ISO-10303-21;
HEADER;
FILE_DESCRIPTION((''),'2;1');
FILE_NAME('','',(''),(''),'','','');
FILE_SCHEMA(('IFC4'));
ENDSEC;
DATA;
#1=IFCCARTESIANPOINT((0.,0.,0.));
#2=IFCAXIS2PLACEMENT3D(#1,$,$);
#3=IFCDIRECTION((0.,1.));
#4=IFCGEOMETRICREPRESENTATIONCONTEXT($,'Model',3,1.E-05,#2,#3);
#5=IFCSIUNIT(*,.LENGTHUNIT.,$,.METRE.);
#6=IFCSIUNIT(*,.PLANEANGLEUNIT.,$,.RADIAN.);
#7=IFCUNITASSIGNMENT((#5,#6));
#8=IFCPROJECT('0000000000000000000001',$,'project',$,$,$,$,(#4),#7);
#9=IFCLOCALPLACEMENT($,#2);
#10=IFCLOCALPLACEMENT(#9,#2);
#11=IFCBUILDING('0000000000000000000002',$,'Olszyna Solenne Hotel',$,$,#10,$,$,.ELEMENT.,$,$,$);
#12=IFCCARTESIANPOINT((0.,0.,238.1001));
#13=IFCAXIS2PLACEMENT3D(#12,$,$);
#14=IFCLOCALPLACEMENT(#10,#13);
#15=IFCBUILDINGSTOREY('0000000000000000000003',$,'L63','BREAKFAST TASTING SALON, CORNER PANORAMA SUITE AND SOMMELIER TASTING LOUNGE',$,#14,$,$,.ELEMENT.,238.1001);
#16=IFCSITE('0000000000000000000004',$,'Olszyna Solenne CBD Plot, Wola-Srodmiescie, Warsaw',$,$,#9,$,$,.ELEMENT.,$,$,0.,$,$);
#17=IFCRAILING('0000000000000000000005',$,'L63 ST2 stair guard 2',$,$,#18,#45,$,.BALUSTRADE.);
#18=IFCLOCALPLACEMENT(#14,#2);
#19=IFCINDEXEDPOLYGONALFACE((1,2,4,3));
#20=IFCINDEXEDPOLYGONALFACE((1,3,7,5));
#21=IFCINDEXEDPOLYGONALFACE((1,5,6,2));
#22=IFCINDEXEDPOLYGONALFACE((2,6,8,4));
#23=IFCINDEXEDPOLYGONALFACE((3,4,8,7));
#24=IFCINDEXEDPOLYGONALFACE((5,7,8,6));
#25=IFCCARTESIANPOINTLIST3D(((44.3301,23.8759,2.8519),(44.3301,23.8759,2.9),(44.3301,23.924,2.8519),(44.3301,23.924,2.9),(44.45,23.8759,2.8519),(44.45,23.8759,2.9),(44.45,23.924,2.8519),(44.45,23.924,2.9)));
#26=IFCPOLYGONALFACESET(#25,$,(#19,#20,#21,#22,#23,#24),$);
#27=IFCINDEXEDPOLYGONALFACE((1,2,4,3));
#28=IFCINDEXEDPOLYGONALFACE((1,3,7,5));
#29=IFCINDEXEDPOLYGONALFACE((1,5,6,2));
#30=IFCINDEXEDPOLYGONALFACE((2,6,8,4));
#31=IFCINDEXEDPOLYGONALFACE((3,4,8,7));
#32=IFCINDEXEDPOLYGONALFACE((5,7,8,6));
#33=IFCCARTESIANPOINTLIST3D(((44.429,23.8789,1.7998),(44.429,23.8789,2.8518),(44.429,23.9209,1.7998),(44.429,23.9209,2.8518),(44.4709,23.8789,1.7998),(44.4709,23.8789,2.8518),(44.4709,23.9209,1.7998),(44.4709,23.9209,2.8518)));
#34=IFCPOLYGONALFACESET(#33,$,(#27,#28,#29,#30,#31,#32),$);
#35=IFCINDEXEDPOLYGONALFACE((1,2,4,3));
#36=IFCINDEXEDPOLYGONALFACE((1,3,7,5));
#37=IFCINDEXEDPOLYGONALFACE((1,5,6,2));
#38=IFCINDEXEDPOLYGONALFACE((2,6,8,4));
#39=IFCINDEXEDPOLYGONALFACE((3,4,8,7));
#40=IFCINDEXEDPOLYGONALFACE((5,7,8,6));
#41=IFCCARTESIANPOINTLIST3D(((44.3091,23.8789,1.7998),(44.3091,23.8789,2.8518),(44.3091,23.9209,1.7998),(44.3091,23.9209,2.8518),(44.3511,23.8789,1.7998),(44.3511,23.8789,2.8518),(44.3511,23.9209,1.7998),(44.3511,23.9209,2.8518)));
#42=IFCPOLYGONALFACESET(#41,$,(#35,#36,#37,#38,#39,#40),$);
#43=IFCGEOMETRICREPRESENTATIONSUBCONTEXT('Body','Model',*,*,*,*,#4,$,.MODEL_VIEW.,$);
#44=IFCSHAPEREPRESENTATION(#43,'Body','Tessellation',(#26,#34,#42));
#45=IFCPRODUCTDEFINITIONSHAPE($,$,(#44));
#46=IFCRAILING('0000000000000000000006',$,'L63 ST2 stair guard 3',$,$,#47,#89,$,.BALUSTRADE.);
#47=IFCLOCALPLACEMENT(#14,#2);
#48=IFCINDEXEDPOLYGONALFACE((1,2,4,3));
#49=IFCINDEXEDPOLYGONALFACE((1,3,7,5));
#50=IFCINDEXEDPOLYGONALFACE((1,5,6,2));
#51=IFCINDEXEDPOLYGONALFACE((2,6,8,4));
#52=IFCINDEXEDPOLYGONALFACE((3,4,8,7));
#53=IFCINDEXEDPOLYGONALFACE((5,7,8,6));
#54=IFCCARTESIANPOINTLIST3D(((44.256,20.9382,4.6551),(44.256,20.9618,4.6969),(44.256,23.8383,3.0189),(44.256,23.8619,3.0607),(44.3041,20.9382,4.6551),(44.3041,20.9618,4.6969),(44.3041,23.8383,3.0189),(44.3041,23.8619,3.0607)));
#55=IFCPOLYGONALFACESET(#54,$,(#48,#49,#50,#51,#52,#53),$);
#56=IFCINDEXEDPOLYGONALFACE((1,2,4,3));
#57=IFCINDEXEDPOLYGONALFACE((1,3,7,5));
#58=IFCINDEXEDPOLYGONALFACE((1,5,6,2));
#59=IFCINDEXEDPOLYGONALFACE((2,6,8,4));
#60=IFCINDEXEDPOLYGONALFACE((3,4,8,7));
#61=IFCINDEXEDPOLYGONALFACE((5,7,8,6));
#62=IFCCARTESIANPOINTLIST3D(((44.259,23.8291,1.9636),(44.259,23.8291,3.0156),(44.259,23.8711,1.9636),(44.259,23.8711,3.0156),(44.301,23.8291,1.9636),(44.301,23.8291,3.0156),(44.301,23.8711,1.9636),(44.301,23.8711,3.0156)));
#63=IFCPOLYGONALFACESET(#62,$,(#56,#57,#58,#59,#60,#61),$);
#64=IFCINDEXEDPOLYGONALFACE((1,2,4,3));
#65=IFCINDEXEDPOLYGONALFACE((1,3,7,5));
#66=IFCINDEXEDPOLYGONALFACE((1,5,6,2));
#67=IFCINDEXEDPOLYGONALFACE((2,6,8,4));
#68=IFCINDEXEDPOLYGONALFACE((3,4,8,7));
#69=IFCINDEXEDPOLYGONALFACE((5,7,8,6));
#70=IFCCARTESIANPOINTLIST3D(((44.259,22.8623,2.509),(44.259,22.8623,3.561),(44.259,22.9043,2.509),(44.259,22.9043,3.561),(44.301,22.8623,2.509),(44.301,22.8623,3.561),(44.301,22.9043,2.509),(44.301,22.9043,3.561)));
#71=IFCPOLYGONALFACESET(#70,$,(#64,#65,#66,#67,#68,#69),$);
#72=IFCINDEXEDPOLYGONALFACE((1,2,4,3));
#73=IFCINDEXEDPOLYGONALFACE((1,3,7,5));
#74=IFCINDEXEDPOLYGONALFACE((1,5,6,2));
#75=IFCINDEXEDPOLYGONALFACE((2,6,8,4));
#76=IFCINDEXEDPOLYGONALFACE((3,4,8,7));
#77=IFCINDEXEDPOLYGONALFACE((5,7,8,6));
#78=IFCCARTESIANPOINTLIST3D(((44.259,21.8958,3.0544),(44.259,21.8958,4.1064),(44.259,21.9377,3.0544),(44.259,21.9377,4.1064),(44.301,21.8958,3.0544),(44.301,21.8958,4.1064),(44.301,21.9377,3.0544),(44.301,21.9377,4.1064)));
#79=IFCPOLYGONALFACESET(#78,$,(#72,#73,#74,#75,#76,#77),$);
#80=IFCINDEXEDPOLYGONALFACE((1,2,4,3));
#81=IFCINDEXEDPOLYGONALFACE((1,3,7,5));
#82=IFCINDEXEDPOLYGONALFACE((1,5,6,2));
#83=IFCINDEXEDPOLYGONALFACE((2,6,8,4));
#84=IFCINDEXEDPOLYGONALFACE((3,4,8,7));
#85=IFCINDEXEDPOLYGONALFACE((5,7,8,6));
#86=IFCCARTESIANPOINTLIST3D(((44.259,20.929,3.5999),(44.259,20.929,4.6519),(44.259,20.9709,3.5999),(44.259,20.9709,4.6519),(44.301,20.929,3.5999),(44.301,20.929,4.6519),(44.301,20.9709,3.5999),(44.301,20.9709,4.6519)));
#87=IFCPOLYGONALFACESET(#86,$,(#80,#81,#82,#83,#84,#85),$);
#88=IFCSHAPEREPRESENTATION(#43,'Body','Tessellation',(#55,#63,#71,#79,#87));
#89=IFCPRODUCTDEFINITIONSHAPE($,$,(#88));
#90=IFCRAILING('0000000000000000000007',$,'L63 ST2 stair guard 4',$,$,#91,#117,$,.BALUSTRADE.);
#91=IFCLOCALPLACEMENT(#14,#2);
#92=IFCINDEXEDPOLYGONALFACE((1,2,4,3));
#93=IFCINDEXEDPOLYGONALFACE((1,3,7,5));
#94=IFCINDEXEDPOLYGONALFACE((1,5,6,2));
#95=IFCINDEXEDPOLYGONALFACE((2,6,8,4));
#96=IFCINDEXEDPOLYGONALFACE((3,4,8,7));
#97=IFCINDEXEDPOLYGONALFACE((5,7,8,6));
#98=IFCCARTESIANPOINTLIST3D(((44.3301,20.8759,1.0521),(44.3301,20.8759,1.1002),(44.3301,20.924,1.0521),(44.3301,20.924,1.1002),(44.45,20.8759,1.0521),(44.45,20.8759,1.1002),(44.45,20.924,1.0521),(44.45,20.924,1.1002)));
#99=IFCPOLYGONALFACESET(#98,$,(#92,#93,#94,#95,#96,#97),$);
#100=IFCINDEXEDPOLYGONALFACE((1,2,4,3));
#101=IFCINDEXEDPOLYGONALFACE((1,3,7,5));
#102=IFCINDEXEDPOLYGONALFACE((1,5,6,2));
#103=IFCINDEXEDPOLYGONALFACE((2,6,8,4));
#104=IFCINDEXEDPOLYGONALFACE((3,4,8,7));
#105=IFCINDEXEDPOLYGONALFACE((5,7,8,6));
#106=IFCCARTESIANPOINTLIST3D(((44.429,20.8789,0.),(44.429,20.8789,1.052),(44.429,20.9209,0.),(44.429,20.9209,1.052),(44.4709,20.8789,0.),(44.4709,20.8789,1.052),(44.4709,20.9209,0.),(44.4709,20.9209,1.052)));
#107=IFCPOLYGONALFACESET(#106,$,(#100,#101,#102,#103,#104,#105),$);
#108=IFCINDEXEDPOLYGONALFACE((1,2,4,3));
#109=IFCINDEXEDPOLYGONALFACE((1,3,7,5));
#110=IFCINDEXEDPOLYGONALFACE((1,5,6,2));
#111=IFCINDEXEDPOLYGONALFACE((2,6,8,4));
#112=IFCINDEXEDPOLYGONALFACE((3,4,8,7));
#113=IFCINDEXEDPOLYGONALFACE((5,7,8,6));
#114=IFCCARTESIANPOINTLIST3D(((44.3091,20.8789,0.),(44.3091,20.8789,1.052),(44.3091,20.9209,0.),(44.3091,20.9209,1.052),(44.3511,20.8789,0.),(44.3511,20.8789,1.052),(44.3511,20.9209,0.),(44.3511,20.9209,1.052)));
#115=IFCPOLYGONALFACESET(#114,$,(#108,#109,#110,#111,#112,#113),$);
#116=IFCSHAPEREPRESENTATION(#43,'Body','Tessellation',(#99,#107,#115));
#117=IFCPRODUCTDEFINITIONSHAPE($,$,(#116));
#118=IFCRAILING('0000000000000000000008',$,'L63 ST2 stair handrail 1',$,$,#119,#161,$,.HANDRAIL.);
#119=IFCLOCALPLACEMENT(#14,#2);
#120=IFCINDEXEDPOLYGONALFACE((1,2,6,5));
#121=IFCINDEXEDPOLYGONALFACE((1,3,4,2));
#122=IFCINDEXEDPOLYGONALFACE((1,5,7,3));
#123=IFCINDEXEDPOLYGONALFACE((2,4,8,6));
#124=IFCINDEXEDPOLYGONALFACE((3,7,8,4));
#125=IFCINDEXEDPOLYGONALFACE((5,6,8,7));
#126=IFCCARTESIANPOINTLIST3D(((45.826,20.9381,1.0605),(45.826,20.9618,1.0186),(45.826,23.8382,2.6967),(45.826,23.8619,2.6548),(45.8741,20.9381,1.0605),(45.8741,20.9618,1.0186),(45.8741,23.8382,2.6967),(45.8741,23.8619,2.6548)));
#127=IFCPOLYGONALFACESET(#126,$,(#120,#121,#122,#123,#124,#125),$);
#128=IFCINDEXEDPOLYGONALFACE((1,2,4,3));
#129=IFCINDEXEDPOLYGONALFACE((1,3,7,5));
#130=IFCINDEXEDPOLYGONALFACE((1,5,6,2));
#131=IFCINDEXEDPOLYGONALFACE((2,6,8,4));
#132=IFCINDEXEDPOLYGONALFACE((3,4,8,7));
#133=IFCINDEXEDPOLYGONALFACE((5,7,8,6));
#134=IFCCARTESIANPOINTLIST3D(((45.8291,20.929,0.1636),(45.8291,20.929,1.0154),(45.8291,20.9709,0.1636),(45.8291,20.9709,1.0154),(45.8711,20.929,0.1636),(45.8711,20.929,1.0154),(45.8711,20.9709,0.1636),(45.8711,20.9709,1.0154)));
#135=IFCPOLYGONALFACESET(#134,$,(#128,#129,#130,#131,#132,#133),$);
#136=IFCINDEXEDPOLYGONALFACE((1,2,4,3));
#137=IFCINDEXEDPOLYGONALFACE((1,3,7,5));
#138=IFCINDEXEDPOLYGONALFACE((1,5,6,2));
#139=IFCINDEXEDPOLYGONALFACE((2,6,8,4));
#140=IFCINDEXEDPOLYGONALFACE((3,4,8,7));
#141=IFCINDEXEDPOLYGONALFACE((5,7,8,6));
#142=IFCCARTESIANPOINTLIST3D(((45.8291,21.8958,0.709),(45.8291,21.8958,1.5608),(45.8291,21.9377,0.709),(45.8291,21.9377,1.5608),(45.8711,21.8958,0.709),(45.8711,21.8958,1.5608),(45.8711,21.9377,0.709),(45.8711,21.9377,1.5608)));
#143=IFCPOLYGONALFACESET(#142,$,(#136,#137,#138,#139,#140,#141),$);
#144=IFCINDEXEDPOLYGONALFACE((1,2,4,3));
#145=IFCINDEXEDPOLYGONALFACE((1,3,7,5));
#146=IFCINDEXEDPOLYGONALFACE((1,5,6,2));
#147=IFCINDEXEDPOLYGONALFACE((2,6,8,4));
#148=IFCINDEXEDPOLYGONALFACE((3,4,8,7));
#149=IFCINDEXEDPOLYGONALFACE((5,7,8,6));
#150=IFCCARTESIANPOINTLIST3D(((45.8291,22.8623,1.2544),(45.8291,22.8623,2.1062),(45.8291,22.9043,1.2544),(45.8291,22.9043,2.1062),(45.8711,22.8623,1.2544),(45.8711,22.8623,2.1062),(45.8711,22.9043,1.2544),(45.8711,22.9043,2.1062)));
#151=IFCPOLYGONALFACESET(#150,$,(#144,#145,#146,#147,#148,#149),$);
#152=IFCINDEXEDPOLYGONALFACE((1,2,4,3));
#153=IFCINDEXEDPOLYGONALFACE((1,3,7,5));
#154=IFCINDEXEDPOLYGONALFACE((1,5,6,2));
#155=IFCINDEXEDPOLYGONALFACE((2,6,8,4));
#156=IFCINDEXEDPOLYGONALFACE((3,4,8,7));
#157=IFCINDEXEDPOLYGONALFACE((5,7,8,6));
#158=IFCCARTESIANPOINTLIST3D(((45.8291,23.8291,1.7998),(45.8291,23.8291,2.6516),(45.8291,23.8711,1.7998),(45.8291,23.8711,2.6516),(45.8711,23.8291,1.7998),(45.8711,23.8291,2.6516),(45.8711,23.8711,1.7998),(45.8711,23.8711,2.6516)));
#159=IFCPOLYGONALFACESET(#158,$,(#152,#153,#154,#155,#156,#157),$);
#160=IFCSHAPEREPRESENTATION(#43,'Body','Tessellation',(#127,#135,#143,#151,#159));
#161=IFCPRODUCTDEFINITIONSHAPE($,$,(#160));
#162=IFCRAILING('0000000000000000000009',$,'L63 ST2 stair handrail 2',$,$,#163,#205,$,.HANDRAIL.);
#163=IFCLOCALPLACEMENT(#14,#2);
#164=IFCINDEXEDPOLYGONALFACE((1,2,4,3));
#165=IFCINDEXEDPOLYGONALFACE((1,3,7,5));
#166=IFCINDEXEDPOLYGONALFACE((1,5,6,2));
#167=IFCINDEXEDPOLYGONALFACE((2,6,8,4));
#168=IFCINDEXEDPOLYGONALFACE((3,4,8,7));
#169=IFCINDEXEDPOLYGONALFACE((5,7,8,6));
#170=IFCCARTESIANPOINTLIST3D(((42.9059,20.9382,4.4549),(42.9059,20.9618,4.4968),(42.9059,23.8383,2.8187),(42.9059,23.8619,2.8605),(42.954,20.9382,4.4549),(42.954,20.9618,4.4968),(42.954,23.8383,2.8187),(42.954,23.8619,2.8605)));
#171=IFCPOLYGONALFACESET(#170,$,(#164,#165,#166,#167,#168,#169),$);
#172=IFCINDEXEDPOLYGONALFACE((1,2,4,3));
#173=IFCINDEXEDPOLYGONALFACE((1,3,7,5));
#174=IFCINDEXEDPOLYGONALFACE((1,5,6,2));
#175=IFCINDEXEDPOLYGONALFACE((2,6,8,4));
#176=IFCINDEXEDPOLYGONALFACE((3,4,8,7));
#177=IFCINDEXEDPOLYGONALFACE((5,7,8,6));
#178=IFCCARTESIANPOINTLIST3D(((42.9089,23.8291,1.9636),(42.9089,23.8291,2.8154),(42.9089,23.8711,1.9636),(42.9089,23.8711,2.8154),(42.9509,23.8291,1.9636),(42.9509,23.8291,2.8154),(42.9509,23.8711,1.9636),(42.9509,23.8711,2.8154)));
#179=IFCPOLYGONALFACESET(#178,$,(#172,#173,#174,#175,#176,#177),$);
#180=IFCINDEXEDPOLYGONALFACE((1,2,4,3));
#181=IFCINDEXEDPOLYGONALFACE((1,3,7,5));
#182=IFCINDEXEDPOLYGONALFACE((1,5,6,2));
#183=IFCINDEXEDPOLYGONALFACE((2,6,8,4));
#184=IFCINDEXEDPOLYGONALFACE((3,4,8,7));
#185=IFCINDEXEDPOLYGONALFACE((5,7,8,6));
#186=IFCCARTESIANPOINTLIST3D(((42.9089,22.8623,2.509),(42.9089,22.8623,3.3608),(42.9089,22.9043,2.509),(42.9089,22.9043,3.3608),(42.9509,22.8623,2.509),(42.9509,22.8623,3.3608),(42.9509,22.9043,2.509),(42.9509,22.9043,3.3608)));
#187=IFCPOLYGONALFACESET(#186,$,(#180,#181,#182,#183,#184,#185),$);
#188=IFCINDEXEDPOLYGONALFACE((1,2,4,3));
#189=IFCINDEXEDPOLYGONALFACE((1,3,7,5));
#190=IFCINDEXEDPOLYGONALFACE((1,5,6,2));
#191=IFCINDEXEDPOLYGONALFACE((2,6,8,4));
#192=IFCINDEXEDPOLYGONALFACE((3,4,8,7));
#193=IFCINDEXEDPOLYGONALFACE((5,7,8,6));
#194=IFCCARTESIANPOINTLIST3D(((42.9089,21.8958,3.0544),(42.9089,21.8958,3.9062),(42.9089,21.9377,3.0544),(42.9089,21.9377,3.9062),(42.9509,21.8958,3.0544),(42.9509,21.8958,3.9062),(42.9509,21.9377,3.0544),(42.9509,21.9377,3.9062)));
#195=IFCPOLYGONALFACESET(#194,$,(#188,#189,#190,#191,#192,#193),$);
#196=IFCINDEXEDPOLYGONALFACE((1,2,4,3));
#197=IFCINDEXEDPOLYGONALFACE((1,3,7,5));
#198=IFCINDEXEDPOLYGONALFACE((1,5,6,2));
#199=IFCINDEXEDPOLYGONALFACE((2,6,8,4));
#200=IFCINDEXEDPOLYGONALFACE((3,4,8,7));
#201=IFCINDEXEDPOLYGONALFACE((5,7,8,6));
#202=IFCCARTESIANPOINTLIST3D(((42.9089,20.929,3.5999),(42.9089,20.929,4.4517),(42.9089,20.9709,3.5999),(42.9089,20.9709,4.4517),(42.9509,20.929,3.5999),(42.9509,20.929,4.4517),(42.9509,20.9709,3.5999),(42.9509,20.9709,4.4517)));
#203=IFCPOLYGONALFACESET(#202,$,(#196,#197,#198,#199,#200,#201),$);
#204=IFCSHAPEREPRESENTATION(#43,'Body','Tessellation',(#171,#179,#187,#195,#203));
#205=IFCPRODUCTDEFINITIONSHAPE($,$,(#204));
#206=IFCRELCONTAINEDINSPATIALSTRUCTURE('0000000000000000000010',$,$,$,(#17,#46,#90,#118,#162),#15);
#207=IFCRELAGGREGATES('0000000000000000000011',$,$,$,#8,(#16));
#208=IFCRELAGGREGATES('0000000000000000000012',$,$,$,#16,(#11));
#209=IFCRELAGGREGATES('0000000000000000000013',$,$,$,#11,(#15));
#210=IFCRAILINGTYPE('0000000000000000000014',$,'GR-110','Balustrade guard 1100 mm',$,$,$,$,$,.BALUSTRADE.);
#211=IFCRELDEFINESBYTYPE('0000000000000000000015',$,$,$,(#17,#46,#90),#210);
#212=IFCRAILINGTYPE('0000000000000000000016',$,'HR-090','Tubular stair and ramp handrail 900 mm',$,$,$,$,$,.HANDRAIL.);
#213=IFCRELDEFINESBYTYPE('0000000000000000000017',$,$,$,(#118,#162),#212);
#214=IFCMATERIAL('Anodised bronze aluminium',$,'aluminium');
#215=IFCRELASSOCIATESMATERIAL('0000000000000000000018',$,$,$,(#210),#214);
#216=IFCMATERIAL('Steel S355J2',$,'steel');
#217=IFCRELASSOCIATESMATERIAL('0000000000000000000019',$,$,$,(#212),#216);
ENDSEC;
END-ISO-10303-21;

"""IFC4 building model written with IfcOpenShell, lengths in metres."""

from ifc_helpers import new_model, si_unit, direction, frame, origin, origin_2d, place, context, subcontext, project, spatial, rectangle, extrude, material, type_object, element, save


model = new_model("IFC4")

# Units and contexts
model_context = context("Model", 3, precision=1e-05, world=origin(), true_north=direction((0.0, 1.0)))
body_context = subcontext(model_context, "Body", "Model", "MODEL_VIEW")
ifc_project = project(units=[si_unit("LENGTHUNIT", "METRE"), si_unit("PLANEANGLEUNIT", "RADIAN")], contexts=[model_context])

# Site, building, storey
site_placement = place(None, origin())
site = spatial("IfcSite", under=ifc_project, at=site_placement, Name="Olszyna Solenne CBD Plot, Wola-Srodmiescie, Warsaw", CompositionType="ELEMENT", RefElevation=0.0)
building_placement = place(site_placement, origin())
building = spatial("IfcBuilding", under=site, at=building_placement, Name="Olszyna Solenne Hotel", CompositionType="ELEMENT")
storey_placement = place(building_placement, frame((0.0, 0.0, 238.1001)))
storey = spatial("IfcBuildingStorey", under=building, at=storey_placement, Name="L63", Description="BREAKFAST TASTING SALON, CORNER PANORAMA SUITE AND SOMMELIER TASTING LOUNGE", CompositionType="ELEMENT", Elevation=238.1001)

# Shared definitions
ifc_material_1 = material(Name="Steel S355J2", Category="steel")

# Shared definitions
ifc_material_2 = material(Name="Anodised bronze aluminium", Category="aluminium")

# Railings
railing_type_1 = type_object("IfcRailingType", Name="GR-110", Description="Balustrade guard 1100 mm", PredefinedType="BALUSTRADE", material=ifc_material_2)
railing_1_placement = place(storey_placement, frame((44.45, 23.8999, 1.7998)))
element("IfcRailing", 1, at=railing_1_placement, inside=storey, type_object=railing_type_1, Name="L63 ST2 stair guard 2", PredefinedType="BALUSTRADE", context=body_context, shape_type="SweptSolid", body=[
    extrude(rectangle(XDim=0.0481, YDim=0.0481, at=origin_2d()), frame((0.0, 0.0, 1.0762), z_axis=(-1.0, 0.0, 0.0), x_axis=(0.0, -1.0, 0.0)), (0.0, 0.0, 1.0), 0.1199),
    extrude(rectangle(XDim=0.042, YDim=0.042, at=origin_2d()), origin(), (0.0, 0.0, 1.0), 1.052),
    extrude(rectangle(XDim=0.042, YDim=0.042, at=origin_2d()), frame((-0.1199, 0.0, 0.0)), (0.0, 0.0, 1.0), 1.052),
])
railing_2_placement = place(storey_placement, frame((44.28, 23.8501, 1.9636)))
element("IfcRailing", 2, at=railing_2_placement, inside=storey, type_object=railing_type_1, Name="L63 ST2 stair guard 3", PredefinedType="BALUSTRADE", context=body_context, shape_type="SweptSolid", body=[
    extrude(rectangle(XDim=0.0481, YDim=0.0481, at=origin_2d()), frame((0.0, 0.0, 1.0762), z_axis=(0.0, -0.870946, 0.491378), x_axis=(1.0, 0.0, 0.0)), (0.0, 0.0, 1.0), 3.3298),
    extrude(rectangle(XDim=0.042, YDim=0.042, at=origin_2d()), origin(), (0.0, 0.0, 1.0), 1.052),
    extrude(rectangle(XDim=0.042, YDim=0.042, at=origin_2d()), frame((0.0, -0.9668, 0.5454)), (0.0, 0.0, 1.0), 1.052),
    extrude(rectangle(XDim=0.042, YDim=0.042, at=origin_2d()), frame((0.0, -1.9333, 1.0908)), (0.0, 0.0, 1.0), 1.052),
    extrude(rectangle(XDim=0.042, YDim=0.042, at=origin_2d()), frame((0.0, -2.9001, 1.6362)), (0.0, 0.0, 1.0), 1.052),
])
railing_3_placement = place(storey_placement, frame((44.45, 20.8999, 0.0)))
element("IfcRailing", 3, at=railing_3_placement, inside=storey, type_object=railing_type_1, Name="L63 ST2 stair guard 4", PredefinedType="BALUSTRADE", context=body_context, shape_type="SweptSolid", body=[
    extrude(rectangle(XDim=0.0481, YDim=0.0481, at=origin_2d()), frame((0.0, 0.0, 1.0762), z_axis=(-1.0, 0.0, 0.0), x_axis=(0.0, -1.0, 0.0)), (0.0, 0.0, 1.0), 0.1199),
    extrude(rectangle(XDim=0.042, YDim=0.042, at=origin_2d()), origin(), (0.0, 0.0, 1.0), 1.052),
    extrude(rectangle(XDim=0.042, YDim=0.042, at=origin_2d()), frame((-0.1199, 0.0, 0.0)), (0.0, 0.0, 1.0), 1.052),
])
railing_type_2 = type_object("IfcRailingType", Name="HR-090", Description="Tubular stair and ramp handrail 900 mm", PredefinedType="HANDRAIL", material=ifc_material_1)
railing_4_placement = place(storey_placement, frame((45.8501, 20.95, 0.1636)))
element("IfcRailing", 4, at=railing_4_placement, inside=storey, type_object=railing_type_2, Name="L63 ST2 stair handrail 1", PredefinedType="HANDRAIL", context=body_context, shape_type="SweptSolid", body=[
    extrude(rectangle(XDim=0.0481, YDim=0.0481, at=origin_2d()), frame((0.0, 0.0, 0.876), z_axis=(0.0, 0.870946, 0.491378), x_axis=(-1.0, 0.0, 0.0)), (0.0, 0.0, 1.0), 3.3298),
    extrude(rectangle(XDim=0.042, YDim=0.042, at=origin_2d()), origin(), (0.0, 0.0, 1.0), 0.8518),
    extrude(rectangle(XDim=0.042, YDim=0.042, at=origin_2d()), frame((0.0, 0.9668, 0.5454)), (0.0, 0.0, 1.0), 0.8518),
    extrude(rectangle(XDim=0.042, YDim=0.042, at=origin_2d()), frame((0.0, 1.9333, 1.0908)), (0.0, 0.0, 1.0), 0.8518),
    extrude(rectangle(XDim=0.042, YDim=0.042, at=origin_2d()), frame((0.0, 2.9001, 1.6362)), (0.0, 0.0, 1.0), 0.8518),
])
railing_5_placement = place(storey_placement, frame((42.9299, 23.8501, 1.9636)))
element("IfcRailing", 5, at=railing_5_placement, inside=storey, type_object=railing_type_2, Name="L63 ST2 stair handrail 2", PredefinedType="HANDRAIL", context=body_context, shape_type="SweptSolid", body=[
    extrude(rectangle(XDim=0.0481, YDim=0.0481, at=origin_2d()), frame((0.0, 0.0, 0.876), z_axis=(0.0, -0.870946, 0.491378), x_axis=(1.0, 0.0, 0.0)), (0.0, 0.0, 1.0), 3.3298),
    extrude(rectangle(XDim=0.042, YDim=0.042, at=origin_2d()), origin(), (0.0, 0.0, 1.0), 0.8518),
    extrude(rectangle(XDim=0.042, YDim=0.042, at=origin_2d()), frame((0.0, -0.9668, 0.5454)), (0.0, 0.0, 1.0), 0.8518),
    extrude(rectangle(XDim=0.042, YDim=0.042, at=origin_2d()), frame((0.0, -1.9333, 1.0908)), (0.0, 0.0, 1.0), 0.8518),
    extrude(rectangle(XDim=0.042, YDim=0.042, at=origin_2d()), frame((0.0, -2.9001, 1.6362)), (0.0, 0.0, 1.0), 0.8518),
])

save(model, "model.ifc")
